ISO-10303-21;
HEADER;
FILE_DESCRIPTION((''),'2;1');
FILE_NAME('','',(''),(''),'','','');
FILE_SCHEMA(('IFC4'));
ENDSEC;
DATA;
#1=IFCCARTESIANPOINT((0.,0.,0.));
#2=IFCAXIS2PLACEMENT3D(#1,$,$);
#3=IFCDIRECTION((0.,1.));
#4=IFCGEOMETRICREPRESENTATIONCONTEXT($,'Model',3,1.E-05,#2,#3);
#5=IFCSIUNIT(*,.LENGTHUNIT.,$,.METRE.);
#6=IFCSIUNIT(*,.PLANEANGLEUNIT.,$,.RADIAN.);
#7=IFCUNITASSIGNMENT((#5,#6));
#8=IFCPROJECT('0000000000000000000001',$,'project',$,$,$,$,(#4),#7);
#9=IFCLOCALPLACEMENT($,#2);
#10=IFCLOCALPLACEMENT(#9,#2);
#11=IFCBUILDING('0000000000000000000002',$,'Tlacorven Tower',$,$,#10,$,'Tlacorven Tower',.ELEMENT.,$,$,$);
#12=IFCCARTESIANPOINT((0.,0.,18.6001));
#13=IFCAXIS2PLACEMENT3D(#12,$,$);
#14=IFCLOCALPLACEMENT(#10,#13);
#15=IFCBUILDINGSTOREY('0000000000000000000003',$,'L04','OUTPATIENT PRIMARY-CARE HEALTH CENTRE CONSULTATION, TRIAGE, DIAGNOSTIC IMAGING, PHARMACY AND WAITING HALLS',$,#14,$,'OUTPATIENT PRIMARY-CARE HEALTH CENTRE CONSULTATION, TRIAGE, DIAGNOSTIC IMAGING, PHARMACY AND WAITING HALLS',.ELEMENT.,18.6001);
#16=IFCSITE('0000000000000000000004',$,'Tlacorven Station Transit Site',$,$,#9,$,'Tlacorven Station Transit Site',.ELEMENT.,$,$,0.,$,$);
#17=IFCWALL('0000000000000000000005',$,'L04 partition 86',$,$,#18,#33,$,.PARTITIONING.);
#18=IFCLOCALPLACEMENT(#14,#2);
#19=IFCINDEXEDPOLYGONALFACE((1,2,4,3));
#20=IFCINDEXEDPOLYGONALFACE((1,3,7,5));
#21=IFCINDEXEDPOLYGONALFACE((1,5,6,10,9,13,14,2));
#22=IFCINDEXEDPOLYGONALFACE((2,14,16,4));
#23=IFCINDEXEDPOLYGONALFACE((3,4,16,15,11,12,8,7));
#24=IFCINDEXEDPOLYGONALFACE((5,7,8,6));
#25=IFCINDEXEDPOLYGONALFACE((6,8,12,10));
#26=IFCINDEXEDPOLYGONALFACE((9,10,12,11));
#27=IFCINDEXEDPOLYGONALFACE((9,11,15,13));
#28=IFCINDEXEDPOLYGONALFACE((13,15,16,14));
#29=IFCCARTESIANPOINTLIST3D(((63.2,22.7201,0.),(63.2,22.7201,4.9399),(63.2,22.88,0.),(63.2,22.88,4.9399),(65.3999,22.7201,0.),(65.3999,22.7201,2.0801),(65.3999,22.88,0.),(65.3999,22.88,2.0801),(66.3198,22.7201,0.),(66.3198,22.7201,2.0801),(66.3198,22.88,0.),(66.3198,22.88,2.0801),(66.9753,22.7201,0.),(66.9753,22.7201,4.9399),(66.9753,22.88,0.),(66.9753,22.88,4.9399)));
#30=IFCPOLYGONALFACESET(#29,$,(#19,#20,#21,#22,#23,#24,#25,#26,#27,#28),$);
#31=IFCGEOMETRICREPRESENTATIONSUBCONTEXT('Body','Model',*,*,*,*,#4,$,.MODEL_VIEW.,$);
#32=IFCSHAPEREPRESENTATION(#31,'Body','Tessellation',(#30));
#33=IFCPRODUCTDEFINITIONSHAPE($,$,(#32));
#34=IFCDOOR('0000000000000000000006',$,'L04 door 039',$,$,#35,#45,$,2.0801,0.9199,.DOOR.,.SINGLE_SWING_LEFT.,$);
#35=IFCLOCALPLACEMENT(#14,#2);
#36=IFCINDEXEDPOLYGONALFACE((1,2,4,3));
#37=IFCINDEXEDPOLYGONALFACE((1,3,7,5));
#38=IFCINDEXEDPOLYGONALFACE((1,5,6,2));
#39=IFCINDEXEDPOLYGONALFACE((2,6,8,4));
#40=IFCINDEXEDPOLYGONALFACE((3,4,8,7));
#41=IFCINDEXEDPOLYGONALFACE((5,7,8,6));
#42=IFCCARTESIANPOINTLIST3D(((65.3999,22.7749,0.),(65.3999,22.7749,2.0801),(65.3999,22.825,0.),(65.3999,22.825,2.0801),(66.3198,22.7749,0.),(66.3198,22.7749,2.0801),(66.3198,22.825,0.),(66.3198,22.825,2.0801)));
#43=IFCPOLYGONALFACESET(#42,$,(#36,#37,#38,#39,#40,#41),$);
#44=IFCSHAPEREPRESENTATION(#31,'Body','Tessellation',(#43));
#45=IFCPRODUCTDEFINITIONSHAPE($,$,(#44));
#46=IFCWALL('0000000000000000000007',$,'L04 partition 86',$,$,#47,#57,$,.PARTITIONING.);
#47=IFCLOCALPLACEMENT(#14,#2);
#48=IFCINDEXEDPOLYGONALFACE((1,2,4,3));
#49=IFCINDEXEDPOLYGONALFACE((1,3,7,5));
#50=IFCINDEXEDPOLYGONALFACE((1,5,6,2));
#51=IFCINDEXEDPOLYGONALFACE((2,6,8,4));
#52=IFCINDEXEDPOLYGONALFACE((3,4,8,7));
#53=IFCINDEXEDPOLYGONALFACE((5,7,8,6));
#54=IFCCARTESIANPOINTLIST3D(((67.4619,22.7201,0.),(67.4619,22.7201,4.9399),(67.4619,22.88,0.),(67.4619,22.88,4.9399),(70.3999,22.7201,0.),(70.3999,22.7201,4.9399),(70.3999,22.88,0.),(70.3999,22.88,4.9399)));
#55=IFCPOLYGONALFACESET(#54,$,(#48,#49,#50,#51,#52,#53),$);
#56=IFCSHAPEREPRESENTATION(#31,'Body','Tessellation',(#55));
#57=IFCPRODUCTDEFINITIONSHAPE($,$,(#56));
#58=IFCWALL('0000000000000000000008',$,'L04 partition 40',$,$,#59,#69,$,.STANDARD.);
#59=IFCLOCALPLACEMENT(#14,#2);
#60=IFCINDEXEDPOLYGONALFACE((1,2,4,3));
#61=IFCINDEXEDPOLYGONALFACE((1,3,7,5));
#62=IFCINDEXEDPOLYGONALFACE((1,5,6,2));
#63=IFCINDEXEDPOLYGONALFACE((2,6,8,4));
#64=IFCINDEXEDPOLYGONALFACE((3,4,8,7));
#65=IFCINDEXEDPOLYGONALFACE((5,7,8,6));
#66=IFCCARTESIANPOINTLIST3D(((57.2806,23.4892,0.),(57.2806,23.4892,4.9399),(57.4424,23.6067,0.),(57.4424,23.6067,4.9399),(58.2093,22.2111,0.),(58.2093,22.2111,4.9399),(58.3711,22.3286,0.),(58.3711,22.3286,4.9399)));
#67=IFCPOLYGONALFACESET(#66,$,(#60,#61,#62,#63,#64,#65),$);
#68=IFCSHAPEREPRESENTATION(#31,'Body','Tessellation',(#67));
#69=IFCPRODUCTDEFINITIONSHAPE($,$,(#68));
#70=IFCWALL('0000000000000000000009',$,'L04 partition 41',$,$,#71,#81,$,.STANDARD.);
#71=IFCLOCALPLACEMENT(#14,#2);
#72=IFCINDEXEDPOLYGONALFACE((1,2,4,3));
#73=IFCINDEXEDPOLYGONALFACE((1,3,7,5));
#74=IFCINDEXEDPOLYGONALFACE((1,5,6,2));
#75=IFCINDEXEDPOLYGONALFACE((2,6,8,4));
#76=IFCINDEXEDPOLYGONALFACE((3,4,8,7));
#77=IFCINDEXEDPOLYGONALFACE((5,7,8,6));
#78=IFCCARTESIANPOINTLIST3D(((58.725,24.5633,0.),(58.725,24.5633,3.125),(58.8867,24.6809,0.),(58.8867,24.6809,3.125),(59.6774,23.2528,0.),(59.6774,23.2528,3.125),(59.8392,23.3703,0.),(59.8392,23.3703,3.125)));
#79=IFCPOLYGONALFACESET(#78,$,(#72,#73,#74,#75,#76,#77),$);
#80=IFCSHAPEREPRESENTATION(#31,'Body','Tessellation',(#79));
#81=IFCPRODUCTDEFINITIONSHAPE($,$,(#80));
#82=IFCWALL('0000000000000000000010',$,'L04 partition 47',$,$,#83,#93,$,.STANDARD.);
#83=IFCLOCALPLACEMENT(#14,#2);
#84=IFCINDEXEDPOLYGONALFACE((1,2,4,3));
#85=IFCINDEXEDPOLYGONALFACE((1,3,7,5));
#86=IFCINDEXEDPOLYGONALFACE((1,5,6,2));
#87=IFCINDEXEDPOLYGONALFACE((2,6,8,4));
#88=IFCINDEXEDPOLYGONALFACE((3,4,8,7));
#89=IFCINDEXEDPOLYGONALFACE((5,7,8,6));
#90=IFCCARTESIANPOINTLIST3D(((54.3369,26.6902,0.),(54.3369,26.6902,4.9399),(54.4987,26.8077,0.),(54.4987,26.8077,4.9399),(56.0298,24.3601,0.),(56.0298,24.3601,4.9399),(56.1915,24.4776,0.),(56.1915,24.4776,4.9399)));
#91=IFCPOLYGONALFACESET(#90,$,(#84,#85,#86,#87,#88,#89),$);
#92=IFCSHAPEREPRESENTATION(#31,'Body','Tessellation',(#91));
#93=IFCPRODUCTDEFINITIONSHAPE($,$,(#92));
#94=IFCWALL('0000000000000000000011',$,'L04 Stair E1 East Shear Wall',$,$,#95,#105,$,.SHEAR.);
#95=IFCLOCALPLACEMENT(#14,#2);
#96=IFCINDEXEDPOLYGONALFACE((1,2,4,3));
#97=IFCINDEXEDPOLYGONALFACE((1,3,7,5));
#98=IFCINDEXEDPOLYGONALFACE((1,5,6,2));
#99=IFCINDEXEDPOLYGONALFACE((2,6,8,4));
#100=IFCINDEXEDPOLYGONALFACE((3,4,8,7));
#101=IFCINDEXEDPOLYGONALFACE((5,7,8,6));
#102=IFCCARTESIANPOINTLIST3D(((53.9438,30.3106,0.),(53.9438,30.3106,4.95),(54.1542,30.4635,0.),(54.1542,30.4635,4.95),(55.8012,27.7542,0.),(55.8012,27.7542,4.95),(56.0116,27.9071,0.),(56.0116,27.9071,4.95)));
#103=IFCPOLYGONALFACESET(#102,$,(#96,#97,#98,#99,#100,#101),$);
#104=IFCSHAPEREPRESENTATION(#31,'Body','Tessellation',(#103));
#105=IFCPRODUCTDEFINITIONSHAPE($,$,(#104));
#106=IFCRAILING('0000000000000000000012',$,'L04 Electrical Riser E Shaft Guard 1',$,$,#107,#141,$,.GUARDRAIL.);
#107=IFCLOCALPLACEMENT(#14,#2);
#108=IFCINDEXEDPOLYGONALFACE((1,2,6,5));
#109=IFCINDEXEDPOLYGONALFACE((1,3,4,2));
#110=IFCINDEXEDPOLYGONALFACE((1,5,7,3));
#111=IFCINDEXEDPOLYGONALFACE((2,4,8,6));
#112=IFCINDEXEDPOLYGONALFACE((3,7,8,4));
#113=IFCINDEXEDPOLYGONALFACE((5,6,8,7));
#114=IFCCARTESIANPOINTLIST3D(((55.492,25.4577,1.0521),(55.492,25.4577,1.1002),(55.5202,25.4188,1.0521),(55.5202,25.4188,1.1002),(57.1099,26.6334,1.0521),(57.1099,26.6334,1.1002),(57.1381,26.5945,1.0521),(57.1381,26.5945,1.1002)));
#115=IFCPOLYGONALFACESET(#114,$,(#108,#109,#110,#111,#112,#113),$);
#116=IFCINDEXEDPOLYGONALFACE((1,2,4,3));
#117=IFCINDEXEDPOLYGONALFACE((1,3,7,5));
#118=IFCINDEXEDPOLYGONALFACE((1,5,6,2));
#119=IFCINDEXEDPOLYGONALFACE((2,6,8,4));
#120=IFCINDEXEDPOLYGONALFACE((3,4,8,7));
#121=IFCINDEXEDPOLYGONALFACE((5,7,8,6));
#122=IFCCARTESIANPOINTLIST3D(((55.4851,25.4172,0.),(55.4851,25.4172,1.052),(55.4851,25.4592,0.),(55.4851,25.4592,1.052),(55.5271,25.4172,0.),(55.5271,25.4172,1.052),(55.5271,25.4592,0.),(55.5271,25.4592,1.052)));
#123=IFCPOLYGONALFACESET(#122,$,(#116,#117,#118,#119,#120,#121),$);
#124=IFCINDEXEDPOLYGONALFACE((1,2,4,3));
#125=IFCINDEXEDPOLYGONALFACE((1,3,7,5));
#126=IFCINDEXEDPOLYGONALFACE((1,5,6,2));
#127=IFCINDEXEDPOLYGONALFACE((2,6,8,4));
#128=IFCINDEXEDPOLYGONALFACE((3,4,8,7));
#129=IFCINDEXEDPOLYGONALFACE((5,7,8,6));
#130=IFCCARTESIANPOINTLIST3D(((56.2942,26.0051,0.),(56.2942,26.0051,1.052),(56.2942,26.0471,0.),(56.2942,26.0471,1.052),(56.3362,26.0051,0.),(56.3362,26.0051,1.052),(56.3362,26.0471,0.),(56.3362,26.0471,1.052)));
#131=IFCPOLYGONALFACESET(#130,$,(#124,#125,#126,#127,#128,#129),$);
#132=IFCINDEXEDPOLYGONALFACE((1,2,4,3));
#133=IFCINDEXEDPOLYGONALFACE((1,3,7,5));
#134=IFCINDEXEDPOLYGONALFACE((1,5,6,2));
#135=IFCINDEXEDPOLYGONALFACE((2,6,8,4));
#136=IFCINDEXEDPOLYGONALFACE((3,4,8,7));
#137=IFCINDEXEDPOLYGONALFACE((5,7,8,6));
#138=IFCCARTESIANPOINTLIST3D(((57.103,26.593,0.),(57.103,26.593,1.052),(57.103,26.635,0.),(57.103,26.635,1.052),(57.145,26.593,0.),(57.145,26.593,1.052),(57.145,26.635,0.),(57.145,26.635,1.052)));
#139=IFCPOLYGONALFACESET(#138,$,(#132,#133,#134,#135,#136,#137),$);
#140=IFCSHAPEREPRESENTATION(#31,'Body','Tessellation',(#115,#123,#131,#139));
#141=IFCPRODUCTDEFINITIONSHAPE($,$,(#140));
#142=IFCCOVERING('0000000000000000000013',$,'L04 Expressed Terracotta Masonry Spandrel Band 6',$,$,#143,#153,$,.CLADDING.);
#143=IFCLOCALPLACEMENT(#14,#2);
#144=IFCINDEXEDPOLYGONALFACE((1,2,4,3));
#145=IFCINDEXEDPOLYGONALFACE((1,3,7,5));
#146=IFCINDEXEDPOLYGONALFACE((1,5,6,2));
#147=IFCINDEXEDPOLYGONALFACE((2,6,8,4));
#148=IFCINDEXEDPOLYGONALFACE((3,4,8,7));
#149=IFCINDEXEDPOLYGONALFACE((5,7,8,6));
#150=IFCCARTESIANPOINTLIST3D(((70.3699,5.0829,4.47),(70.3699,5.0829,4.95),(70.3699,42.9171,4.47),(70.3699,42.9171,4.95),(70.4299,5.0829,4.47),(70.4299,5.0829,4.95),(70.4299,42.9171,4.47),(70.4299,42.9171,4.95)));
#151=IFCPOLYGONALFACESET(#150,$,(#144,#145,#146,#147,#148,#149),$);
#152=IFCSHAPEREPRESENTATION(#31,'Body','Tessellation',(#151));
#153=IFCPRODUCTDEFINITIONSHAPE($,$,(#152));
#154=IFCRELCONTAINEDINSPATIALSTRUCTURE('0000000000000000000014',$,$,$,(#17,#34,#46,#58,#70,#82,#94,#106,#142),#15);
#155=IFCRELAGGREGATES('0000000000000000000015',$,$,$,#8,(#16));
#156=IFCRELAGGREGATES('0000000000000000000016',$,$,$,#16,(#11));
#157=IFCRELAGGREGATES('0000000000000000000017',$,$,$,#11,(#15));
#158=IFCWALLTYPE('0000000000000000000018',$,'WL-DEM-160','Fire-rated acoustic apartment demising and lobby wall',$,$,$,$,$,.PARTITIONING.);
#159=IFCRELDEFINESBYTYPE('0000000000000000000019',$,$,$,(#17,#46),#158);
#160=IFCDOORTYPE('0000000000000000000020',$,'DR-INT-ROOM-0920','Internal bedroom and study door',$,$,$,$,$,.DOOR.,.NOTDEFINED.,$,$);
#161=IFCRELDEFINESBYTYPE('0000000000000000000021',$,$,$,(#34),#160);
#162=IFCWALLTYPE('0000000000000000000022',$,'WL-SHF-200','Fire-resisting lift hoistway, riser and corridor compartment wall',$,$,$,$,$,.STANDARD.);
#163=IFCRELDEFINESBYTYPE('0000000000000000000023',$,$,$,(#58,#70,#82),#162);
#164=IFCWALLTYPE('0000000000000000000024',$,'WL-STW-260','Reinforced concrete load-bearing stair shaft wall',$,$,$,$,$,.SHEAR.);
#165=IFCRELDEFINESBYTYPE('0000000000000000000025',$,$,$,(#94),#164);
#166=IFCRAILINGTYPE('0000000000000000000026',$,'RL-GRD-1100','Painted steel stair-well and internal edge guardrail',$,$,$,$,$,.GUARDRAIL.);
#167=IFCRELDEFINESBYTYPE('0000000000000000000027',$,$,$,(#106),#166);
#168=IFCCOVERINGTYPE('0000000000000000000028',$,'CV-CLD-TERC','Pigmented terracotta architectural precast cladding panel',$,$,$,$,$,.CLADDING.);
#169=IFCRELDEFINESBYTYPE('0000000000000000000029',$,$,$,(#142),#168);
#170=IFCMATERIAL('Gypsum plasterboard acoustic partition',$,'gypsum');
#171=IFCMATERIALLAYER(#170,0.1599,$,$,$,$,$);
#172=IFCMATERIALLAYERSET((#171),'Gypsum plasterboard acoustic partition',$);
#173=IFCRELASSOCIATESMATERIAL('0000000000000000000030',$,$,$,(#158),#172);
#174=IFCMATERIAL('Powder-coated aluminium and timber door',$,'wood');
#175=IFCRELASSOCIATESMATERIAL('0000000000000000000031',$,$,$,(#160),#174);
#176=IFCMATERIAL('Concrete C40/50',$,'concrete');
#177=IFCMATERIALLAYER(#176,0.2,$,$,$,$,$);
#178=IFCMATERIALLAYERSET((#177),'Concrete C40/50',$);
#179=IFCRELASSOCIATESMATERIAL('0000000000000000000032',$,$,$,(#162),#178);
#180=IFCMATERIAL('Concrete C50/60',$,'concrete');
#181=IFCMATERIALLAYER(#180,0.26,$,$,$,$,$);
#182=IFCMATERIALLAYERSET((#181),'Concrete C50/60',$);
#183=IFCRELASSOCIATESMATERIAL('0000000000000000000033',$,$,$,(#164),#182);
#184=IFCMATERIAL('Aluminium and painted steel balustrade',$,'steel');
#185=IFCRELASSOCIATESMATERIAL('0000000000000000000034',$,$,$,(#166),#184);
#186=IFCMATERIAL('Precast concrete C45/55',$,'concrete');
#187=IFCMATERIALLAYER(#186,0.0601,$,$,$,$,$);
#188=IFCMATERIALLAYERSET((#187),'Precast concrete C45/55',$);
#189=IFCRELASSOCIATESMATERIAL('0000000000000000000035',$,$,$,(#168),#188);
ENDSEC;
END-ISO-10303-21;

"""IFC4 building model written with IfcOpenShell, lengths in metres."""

from ifc_helpers import new_model, si_unit, direction, frame, frame_2d, origin, origin_2d, place, context, subcontext, project, spatial, rectangle, extrude, source, transform, mapped, material, layer, layer_set, type_object, element, fill, save


model = new_model("IFC4")

# Units and contexts
model_context = context("Model", 3, precision=1e-05, world=origin(), true_north=direction((0.0, 1.0)))
body_context = subcontext(model_context, "Body", "Model", "MODEL_VIEW")
ifc_project = project(units=[si_unit("LENGTHUNIT", "METRE"), si_unit("PLANEANGLEUNIT", "RADIAN")], contexts=[model_context])

# Site, building, storey
site_placement = place(None, origin())
site = spatial("IfcSite", under=ifc_project, at=site_placement, Name="Tlacorven Station Transit Site", LongName="Tlacorven Station Transit Site", CompositionType="ELEMENT", RefElevation=0.0)
building_placement = place(site_placement, origin())
building = spatial("IfcBuilding", under=site, at=building_placement, Name="Tlacorven Tower", LongName="Tlacorven Tower", CompositionType="ELEMENT")
storey_placement = place(building_placement, frame((0.0, 0.0, 18.6001)))
storey = spatial("IfcBuildingStorey", under=building, at=storey_placement, Name="L04", Description="OUTPATIENT PRIMARY-CARE HEALTH CENTRE CONSULTATION, TRIAGE, DIAGNOSTIC IMAGING, PHARMACY AND WAITING HALLS", LongName="OUTPATIENT PRIMARY-CARE HEALTH CENTRE CONSULTATION, TRIAGE, DIAGNOSTIC IMAGING, PHARMACY AND WAITING HALLS", CompositionType="ELEMENT", Elevation=18.6001)

# Shared definitions
ifc_material_1 = material(Name="Gypsum plasterboard acoustic partition", Category="gypsum")
ifc_layer_1 = layer(ifc_material_1, 0.1599)
ifc_layer_set_1 = layer_set([ifc_layer_1], Name="Gypsum plasterboard acoustic partition")
wall_type_1 = type_object("IfcWallType", Name="WL-DEM-160", Description="Fire-rated acoustic apartment demising and lobby wall", PredefinedType="PARTITIONING", material=ifc_layer_set_1)

# Wall, opening, door
wall_1_placement = place(storey_placement, frame((63.2, 22.8, 0.0), z_axis=(0.0, 0.0, 1.0), x_axis=(1.0, 0.0, 0.0)))
wall_1 = element("IfcWall", 1, at=wall_1_placement, inside=storey, type_object=wall_type_1, Name="L04 partition 86", PredefinedType="PARTITIONING", context=body_context, shape_type="SweptSolid", body=[
    extrude(rectangle(XDim=3.7754, YDim=0.1599, at=frame_2d((1.8877, 0.0))), origin(), (0.0, 0.0, 1.0), 4.9399),
])
opening_placement = place(wall_1_placement, frame((2.2, 0.0, 0.0)))
opening = element("IfcOpeningElement", 2, at=opening_placement, cuts=wall_1, PredefinedType="OPENING", context=body_context, shape_type="SweptSolid", body=[
    extrude(rectangle(XDim=0.9199, YDim=2.0801, at=frame_2d((0.46, 1.04))), frame((0.0, 0.0898, 0.0), z_axis=(0.0, -1.0, 0.0), x_axis=(1.0, 0.0, 0.0)), (0.0, 0.0, 1.0), 0.1799),
])
ifc_material_2 = material(Name="Powder-coated aluminium and timber door", Category="wood")
door_type = type_object("IfcDoorType", Name="DR-INT-ROOM-0920", Description="Internal bedroom and study door", OperationType="NOTDEFINED", PredefinedType="DOOR", material=ifc_material_2)
shared_shape_1 = source(origin(), body_context, "Body", "SweptSolid", [
    extrude(rectangle(XDim=0.9199, YDim=2.0801, at=frame_2d((0.46, 1.04))), frame((0.0, 0.0249, 0.0), z_axis=(0.0, -1.0, 0.0), x_axis=(1.0, 0.0, 0.0)), (0.0, 0.0, 1.0), 0.05),
])
door_placement = place(opening_placement, origin())
door = element("IfcDoor", 3, at=door_placement, inside=storey, type_object=door_type, Name="L04 door 039", OperationType="SINGLE_SWING_LEFT", OverallHeight=2.0801, OverallWidth=0.9199, PredefinedType="DOOR", context=body_context, shape_type="MappedRepresentation", body=[
    mapped(shared_shape_1, transform((0.0, 0.0, 0.0), scale=1.0)),
])
fill(opening, door)

# Walls
wall_2_placement = place(storey_placement, frame((67.4619, 22.8, 0.0), z_axis=(0.0, 0.0, 1.0), x_axis=(1.0, 0.0, 0.0)))
element("IfcWall", 4, at=wall_2_placement, inside=storey, type_object=wall_type_1, Name="L04 partition 86", PredefinedType="PARTITIONING", context=body_context, shape_type="SweptSolid", body=[
    extrude(rectangle(XDim=2.938, YDim=0.1599, at=frame_2d((1.469, 0.0))), origin(), (0.0, 0.0, 1.0), 4.9399),
])
ifc_material_3 = material(Name="Concrete C40/50", Category="concrete")
ifc_layer_2 = layer(ifc_material_3, 0.2)
ifc_layer_set_2 = layer_set([ifc_layer_2], Name="Concrete C40/50")
wall_type_2 = type_object("IfcWallType", Name="WL-SHF-200", Description="Fire-resisting lift hoistway, riser and corridor compartment wall", PredefinedType="STANDARD", material=ifc_layer_set_2)
wall_3_placement = place(storey_placement, frame((58.2903, 22.2698, 0.0), z_axis=(0.0, 0.0, 1.0), x_axis=(-0.587841, 0.808977, 0.0)))
element("IfcWall", 5, at=wall_3_placement, inside=storey, type_object=wall_type_2, Name="L04 partition 40", PredefinedType="STANDARD", context=body_context, shape_type="SweptSolid", body=[
    extrude(rectangle(XDim=1.5798, YDim=0.2, at=frame_2d((0.79, 0.0))), origin(), (0.0, 0.0, 1.0), 4.9399),
])
wall_4_placement = place(storey_placement, frame((59.7583, 23.3115, 0.0), z_axis=(0.0, 0.0, 1.0), x_axis=(-0.587876, 0.808951, 0.0)))
element("IfcWall", 6, at=wall_4_placement, inside=storey, type_object=wall_type_2, Name="L04 partition 41", PredefinedType="STANDARD", context=body_context, shape_type="SweptSolid", body=[
    extrude(rectangle(XDim=1.6201, YDim=0.2, at=frame_2d((0.8101, 0.0))), origin(), (0.0, 0.0, 1.0), 3.125),
])
wall_5_placement = place(storey_placement, frame((56.1106, 24.4189, 0.0), z_axis=(0.0, 0.0, 1.0), x_axis=(-0.587778, 0.809022, 0.0)))
element("IfcWall", 7, at=wall_5_placement, inside=storey, type_object=wall_type_2, Name="L04 partition 47", PredefinedType="STANDARD", context=body_context, shape_type="SweptSolid", body=[
    extrude(rectangle(XDim=2.8801, YDim=0.2, at=frame_2d((1.4399, 0.0))), origin(), (0.0, 0.0, 1.0), 4.9399),
])
ifc_material_4 = material(Name="Concrete C50/60", Category="concrete")
ifc_layer_3 = layer(ifc_material_4, 0.26)
ifc_layer_set_3 = layer_set([ifc_layer_3], Name="Concrete C50/60")
wall_type_3 = type_object("IfcWallType", Name="WL-STW-260", Description="Reinforced concrete load-bearing stair shaft wall", PredefinedType="SHEAR", material=ifc_layer_set_3)
wall_6_placement = place(storey_placement, frame((55.9065, 27.8306, 0.0), z_axis=(0.0, 0.0, 1.0), x_axis=(-0.587804, 0.809003, 0.0)))
element("IfcWall", 8, at=wall_6_placement, inside=storey, type_object=wall_type_3, Name="L04 Stair E1 East Shear Wall", PredefinedType="SHEAR", context=body_context, shape_type="SweptSolid", body=[
    extrude(rectangle(XDim=3.1599, YDim=0.26, at=frame_2d((1.5801, 0.0))), origin(), (0.0, 0.0, 1.0), 4.95),
])

# Railing
ifc_material_5 = material(Name="Aluminium and painted steel balustrade", Category="steel")
railing_type = type_object("IfcRailingType", Name="RL-GRD-1100", Description="Painted steel stair-well and internal edge guardrail", PredefinedType="GUARDRAIL", material=ifc_material_5)
shared_shape_2 = source(origin(), body_context, "Body", "SweptSolid", [
    extrude(rectangle(XDim=0.0481, YDim=0.0481, at=origin_2d()), frame((0.0, 0.0, 1.0762), z_axis=(0.808947, 0.587881, 0.0), x_axis=(-0.587881, 0.808947, 0.0)), (0.0, 0.0, 1.0), 2.0),
    extrude(rectangle(XDim=0.042, YDim=0.042, at=origin_2d()), origin(), (0.0, 0.0, 1.0), 1.052),
    extrude(rectangle(XDim=0.042, YDim=0.042, at=origin_2d()), frame((0.8091, 0.5879, 0.0)), (0.0, 0.0, 1.0), 1.052),
    extrude(rectangle(XDim=0.042, YDim=0.042, at=origin_2d()), frame((1.6179, 1.1758, 0.0)), (0.0, 0.0, 1.0), 1.052),
])
railing_placement = place(storey_placement, frame((55.5061, 25.4382, 0.0)))
element("IfcRailing", 9, at=railing_placement, inside=storey, type_object=railing_type, Name="L04 Electrical Riser E Shaft Guard 1", PredefinedType="GUARDRAIL", context=body_context, shape_type="MappedRepresentation", body=[
    mapped(shared_shape_2, transform((0.0, 0.0, 0.0), scale=1.0)),
])

# Covering
ifc_material_6 = material(Name="Precast concrete C45/55", Category="concrete")
ifc_layer_4 = layer(ifc_material_6, 0.0601)
ifc_layer_set_4 = layer_set([ifc_layer_4], Name="Precast concrete C45/55")
covering_type = type_object("IfcCoveringType", Name="CV-CLD-TERC", Description="Pigmented terracotta architectural precast cladding panel", PredefinedType="CLADDING", material=ifc_layer_set_4)
shared_shape_3 = source(origin(), body_context, "Body", "SweptSolid", [
    extrude(rectangle(XDim=37.8342, YDim=0.0601, at=origin_2d()), origin(), (0.0, 0.0, 1.0), 0.48),
])
covering_placement = place(storey_placement, frame((70.3999, 24.0, 4.47), z_axis=(0.0, 0.0, 1.0), x_axis=(0.0, -1.0, 0.0)))
element("IfcCovering", 10, at=covering_placement, inside=storey, type_object=covering_type, Name="L04 Expressed Terracotta Masonry Spandrel Band 6", PredefinedType="CLADDING", context=body_context, shape_type="MappedRepresentation", body=[
    mapped(shared_shape_3, transform((0.0, 0.0, 0.0), scale=1.0)),
])

save(model, "model.ifc")
